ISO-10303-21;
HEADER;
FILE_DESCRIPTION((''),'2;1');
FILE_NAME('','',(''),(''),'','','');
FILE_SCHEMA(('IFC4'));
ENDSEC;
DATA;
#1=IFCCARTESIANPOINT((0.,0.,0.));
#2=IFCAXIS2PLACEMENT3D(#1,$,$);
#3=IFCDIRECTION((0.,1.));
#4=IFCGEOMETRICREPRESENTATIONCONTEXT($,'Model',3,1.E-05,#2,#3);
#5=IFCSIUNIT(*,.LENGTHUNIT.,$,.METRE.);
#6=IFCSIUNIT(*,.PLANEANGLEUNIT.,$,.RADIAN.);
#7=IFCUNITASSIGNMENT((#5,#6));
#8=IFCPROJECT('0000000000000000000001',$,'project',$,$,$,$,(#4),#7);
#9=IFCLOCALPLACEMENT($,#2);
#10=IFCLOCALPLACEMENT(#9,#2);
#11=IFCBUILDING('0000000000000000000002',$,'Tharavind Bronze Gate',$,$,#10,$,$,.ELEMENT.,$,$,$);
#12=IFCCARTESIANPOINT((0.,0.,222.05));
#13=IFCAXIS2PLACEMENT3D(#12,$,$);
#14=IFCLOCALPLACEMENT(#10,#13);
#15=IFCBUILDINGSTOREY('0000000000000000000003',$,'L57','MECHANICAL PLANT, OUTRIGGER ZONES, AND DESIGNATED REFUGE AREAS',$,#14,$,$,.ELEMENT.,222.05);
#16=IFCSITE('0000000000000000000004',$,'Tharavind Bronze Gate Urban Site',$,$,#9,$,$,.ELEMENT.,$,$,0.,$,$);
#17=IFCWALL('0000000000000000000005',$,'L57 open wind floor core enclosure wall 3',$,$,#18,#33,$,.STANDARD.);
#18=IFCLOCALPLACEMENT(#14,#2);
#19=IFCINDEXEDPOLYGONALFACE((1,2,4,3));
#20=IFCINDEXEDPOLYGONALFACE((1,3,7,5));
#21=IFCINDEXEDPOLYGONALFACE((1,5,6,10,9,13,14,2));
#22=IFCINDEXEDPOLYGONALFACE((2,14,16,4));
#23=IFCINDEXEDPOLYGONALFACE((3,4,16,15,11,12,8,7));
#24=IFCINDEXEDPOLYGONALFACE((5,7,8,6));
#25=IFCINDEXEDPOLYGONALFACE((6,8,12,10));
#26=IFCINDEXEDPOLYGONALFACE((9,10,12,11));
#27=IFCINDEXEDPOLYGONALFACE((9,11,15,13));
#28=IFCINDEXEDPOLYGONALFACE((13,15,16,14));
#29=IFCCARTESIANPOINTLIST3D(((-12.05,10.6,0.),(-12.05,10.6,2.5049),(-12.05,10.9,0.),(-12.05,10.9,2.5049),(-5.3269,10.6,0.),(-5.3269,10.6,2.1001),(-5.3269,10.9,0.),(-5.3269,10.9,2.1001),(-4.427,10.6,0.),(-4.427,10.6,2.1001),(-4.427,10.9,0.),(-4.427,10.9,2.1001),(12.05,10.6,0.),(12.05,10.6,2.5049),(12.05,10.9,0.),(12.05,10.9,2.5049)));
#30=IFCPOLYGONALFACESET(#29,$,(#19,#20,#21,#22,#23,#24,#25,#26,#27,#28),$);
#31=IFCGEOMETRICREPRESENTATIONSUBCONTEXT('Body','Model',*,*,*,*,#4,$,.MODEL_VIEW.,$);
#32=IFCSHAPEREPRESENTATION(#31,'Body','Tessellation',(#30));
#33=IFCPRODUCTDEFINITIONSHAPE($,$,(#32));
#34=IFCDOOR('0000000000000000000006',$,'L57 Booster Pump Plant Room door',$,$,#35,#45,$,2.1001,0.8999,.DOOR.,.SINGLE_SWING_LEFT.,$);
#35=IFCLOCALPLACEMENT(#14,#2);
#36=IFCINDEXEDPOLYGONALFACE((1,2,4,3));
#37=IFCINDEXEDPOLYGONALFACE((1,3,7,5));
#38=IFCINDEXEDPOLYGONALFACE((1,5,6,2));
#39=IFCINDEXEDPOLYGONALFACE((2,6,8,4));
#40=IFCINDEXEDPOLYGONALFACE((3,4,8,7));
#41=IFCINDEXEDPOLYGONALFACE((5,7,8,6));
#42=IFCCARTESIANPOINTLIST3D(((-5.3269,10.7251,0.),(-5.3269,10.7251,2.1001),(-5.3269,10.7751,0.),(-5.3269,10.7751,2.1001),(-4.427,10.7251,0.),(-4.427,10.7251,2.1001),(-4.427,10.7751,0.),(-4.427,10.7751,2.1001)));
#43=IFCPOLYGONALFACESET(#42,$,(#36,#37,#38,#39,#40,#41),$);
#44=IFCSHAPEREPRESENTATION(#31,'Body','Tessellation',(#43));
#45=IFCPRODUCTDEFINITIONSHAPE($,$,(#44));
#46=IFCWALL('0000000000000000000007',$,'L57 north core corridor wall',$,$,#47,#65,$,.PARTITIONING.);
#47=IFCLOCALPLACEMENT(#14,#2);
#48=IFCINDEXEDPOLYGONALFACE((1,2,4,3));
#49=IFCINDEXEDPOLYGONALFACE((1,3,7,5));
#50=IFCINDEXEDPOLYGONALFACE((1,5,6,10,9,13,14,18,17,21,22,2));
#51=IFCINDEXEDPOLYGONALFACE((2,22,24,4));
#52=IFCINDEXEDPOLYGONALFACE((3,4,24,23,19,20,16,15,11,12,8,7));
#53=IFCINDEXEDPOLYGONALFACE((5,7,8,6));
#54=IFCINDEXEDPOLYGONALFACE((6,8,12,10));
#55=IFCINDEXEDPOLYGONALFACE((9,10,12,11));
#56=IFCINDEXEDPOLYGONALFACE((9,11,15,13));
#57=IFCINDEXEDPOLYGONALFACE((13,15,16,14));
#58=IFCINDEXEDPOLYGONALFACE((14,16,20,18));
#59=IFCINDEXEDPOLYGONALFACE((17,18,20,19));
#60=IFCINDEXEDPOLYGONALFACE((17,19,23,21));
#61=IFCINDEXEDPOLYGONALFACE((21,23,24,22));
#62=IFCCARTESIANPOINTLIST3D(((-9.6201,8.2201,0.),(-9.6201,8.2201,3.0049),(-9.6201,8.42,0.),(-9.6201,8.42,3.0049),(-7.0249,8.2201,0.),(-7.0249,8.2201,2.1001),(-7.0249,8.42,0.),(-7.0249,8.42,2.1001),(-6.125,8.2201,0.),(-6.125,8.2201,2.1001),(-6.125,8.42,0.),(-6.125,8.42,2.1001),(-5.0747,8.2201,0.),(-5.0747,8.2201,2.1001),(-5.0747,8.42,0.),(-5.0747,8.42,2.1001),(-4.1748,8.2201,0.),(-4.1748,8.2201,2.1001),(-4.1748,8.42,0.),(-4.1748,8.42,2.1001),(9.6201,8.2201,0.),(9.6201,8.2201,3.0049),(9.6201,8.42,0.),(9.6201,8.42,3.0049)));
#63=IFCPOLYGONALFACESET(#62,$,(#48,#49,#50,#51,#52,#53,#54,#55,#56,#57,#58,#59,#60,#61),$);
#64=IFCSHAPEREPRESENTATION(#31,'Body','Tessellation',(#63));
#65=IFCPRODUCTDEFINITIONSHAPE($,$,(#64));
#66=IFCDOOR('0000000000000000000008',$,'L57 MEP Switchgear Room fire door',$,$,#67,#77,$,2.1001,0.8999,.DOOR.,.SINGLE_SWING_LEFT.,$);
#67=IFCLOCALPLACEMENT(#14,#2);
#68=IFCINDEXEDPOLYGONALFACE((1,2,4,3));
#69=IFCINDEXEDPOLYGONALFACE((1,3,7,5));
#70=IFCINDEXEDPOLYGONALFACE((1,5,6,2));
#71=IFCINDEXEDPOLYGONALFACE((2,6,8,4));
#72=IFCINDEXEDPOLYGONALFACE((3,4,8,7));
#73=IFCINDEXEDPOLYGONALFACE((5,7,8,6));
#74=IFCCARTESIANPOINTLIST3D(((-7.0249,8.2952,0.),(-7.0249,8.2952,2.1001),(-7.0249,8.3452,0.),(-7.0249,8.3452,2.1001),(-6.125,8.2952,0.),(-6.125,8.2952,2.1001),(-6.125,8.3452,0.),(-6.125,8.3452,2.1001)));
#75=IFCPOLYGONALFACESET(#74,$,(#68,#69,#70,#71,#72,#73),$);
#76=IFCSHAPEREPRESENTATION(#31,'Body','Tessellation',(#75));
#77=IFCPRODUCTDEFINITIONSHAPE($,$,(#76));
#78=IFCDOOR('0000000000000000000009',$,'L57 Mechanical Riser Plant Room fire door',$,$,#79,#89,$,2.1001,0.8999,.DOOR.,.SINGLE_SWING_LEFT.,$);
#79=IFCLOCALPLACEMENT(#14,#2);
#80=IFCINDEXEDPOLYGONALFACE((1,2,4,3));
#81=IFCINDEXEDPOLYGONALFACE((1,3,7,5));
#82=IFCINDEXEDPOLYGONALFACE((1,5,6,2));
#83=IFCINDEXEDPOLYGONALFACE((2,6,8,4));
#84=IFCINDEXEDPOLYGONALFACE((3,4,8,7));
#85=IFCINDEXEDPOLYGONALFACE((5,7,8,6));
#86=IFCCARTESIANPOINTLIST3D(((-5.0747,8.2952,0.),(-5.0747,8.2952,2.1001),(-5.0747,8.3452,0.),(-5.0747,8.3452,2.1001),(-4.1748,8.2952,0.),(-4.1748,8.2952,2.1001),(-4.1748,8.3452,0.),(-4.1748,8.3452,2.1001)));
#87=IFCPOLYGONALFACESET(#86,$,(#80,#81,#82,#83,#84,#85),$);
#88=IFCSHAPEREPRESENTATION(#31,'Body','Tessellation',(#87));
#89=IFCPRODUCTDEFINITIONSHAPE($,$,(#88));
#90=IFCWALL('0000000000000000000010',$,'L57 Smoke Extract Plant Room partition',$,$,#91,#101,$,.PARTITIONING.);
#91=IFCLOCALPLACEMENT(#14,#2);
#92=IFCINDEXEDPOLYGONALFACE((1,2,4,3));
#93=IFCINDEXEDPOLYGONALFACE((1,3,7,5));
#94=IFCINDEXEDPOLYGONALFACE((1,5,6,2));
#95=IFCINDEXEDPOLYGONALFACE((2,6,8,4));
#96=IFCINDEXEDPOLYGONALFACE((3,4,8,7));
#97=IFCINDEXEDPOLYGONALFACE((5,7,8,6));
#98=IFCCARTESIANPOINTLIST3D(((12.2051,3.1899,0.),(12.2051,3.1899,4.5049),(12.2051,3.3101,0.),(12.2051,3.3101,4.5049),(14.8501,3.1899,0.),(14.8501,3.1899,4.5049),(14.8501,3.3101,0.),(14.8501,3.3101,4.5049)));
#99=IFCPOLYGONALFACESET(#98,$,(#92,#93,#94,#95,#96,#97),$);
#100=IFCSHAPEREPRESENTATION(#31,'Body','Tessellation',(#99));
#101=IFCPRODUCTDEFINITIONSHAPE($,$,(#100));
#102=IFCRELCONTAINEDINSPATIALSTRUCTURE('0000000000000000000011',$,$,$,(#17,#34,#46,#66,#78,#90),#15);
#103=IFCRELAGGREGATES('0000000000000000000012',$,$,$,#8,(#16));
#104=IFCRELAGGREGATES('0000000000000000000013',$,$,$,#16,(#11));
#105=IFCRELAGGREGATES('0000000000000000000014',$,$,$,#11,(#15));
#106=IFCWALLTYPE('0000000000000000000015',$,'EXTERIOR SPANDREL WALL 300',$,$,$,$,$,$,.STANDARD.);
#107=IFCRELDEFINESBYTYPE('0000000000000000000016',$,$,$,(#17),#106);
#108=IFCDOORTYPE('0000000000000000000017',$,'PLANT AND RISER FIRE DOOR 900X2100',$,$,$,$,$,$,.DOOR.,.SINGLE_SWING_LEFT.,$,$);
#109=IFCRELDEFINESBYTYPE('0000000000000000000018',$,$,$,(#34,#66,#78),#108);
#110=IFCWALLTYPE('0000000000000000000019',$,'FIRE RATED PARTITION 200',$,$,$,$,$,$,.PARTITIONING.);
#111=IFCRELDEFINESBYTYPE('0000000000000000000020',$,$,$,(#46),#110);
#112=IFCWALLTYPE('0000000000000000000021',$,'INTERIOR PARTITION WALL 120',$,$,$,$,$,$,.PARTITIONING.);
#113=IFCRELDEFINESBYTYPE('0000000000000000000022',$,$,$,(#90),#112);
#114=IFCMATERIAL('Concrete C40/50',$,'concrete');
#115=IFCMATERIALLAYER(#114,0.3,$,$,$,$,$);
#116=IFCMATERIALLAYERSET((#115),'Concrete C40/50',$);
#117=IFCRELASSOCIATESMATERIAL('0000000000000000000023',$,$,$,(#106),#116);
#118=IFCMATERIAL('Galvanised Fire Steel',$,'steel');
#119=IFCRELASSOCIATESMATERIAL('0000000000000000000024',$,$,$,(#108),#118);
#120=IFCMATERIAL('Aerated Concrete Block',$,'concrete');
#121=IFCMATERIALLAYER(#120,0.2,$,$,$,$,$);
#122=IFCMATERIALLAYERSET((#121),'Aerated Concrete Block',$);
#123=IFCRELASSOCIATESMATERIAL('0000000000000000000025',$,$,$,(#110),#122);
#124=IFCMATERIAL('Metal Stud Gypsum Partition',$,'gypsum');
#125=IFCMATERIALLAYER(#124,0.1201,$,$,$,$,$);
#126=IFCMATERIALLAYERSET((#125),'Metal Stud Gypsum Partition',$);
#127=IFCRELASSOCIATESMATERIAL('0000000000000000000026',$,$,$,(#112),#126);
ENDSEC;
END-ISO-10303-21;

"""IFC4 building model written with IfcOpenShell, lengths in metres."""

from ifc_helpers import new_model, si_unit, direction, frame, frame_2d, origin, place, context, subcontext, project, spatial, rectangle, extrude, material, layer, layer_set, type_object, element, fill, save


model = new_model("IFC4")

# Units and contexts
model_context = context("Model", 3, precision=1e-05, world=origin(), true_north=direction((0.0, 1.0)))
body_context = subcontext(model_context, "Body", "Model", "MODEL_VIEW")
ifc_project = project(units=[si_unit("LENGTHUNIT", "METRE"), si_unit("PLANEANGLEUNIT", "RADIAN")], contexts=[model_context])

# Site, building, storey
site_placement = place(None, origin())
site = spatial("IfcSite", under=ifc_project, at=site_placement, Name="Tharavind Bronze Gate Urban Site", CompositionType="ELEMENT", RefElevation=0.0)
building_placement = place(site_placement, origin())
building = spatial("IfcBuilding", under=site, at=building_placement, Name="Tharavind Bronze Gate", CompositionType="ELEMENT")
storey_placement = place(building_placement, frame((0.0, 0.0, 222.05)))
storey = spatial("IfcBuildingStorey", under=building, at=storey_placement, Name="L57", Description="MECHANICAL PLANT, OUTRIGGER ZONES, AND DESIGNATED REFUGE AREAS", CompositionType="ELEMENT", Elevation=222.05)

# Wall, opening, door
ifc_material_1 = material(Name="Concrete C40/50", Category="concrete")
ifc_layer_1 = layer(ifc_material_1, 0.3)
ifc_layer_set_1 = layer_set([ifc_layer_1], Name="Concrete C40/50")
wall_type_1 = type_object("IfcWallType", Name="EXTERIOR SPANDREL WALL 300", PredefinedType="STANDARD", material=ifc_layer_set_1)
wall_1_placement = place(storey_placement, frame((12.05, 10.75, 0.0), z_axis=(0.0, 0.0, 1.0), x_axis=(-1.0, 0.0, 0.0)))
wall_1 = element("IfcWall", 1, at=wall_1_placement, inside=storey, type_object=wall_type_1, Name="L57 open wind floor core enclosure wall 3", PredefinedType="STANDARD", context=body_context, shape_type="SweptSolid", body=[
    extrude(rectangle(XDim=24.1001, YDim=0.3, at=frame_2d((12.05, 0.0))), origin(), (0.0, 0.0, 1.0), 2.5049),
])
opening_1_placement = place(wall_1_placement, frame((16.4771, 0.0, 0.0)))
opening_1 = element("IfcOpeningElement", 2, at=opening_1_placement, cuts=wall_1, PredefinedType="OPENING", context=body_context, shape_type="SweptSolid", body=[
    extrude(rectangle(XDim=0.8999, YDim=2.1001, at=frame_2d((0.45, 1.05))), frame((0.0, 0.1599, 0.0), z_axis=(0.0, -1.0, 0.0), x_axis=(1.0, 0.0, 0.0)), (0.0, 0.0, 1.0), 0.32),
])
ifc_material_2 = material(Name="Galvanised Fire Steel", Category="steel")
door_type = type_object("IfcDoorType", Name="PLANT AND RISER FIRE DOOR 900X2100", OperationType="SINGLE_SWING_LEFT", PredefinedType="DOOR", material=ifc_material_2)
door_1_placement = place(opening_1_placement, origin())
door_1 = element("IfcDoor", 3, at=door_1_placement, inside=storey, type_object=door_type, Name="L57 Booster Pump Plant Room door", OperationType="SINGLE_SWING_LEFT", OverallHeight=2.1001, OverallWidth=0.8999, PredefinedType="DOOR", context=body_context, shape_type="SweptSolid", body=[
    extrude(rectangle(XDim=0.8999, YDim=2.1001, at=frame_2d((0.45, 1.05))), frame((0.0, 0.0249, 0.0), z_axis=(0.0, -1.0, 0.0), x_axis=(1.0, 0.0, 0.0)), (0.0, 0.0, 1.0), 0.05),
])
fill(opening_1, door_1)

# Wall, openings, doors
ifc_material_3 = material(Name="Aerated Concrete Block", Category="concrete")
ifc_layer_2 = layer(ifc_material_3, 0.2)
ifc_layer_set_2 = layer_set([ifc_layer_2], Name="Aerated Concrete Block")
wall_type_2 = type_object("IfcWallType", Name="FIRE RATED PARTITION 200", PredefinedType="PARTITIONING", material=ifc_layer_set_2)
wall_2_placement = place(storey_placement, frame((9.6201, 8.3201, 0.0), z_axis=(0.0, 0.0, 1.0), x_axis=(-1.0, 0.0, 0.0)))
wall_2 = element("IfcWall", 4, at=wall_2_placement, inside=storey, type_object=wall_type_2, Name="L57 north core corridor wall", PredefinedType="PARTITIONING", context=body_context, shape_type="SweptSolid", body=[
    extrude(rectangle(XDim=19.2402, YDim=0.2, at=frame_2d((9.6201, 0.0))), origin(), (0.0, 0.0, 1.0), 3.0049),
])
opening_2_placement = place(wall_2_placement, frame((15.7451, 0.0, 0.0)))
opening_2 = element("IfcOpeningElement", 5, at=opening_2_placement, cuts=wall_2, PredefinedType="OPENING", context=body_context, shape_type="SweptSolid", body=[
    extrude(rectangle(XDim=0.8999, YDim=2.1001, at=frame_2d((0.45, 1.05))), frame((0.0, 0.1101, 0.0), z_axis=(0.0, -1.0, 0.0), x_axis=(1.0, 0.0, 0.0)), (0.0, 0.0, 1.0), 0.22),
])
opening_3_placement = place(wall_2_placement, frame((13.7949, 0.0, 0.0)))
opening_3 = element("IfcOpeningElement", 6, at=opening_3_placement, cuts=wall_2, PredefinedType="OPENING", context=body_context, shape_type="SweptSolid", body=[
    extrude(rectangle(XDim=0.8999, YDim=2.1001, at=frame_2d((0.45, 1.05))), frame((0.0, 0.1101, 0.0), z_axis=(0.0, -1.0, 0.0), x_axis=(1.0, 0.0, 0.0)), (0.0, 0.0, 1.0), 0.22),
])
door_2_placement = place(opening_2_placement, origin())
door_2 = element("IfcDoor", 7, at=door_2_placement, inside=storey, type_object=door_type, Name="L57 MEP Switchgear Room fire door", OperationType="SINGLE_SWING_LEFT", OverallHeight=2.1001, OverallWidth=0.8999, PredefinedType="DOOR", context=body_context, shape_type="SweptSolid", body=[
    extrude(rectangle(XDim=0.8999, YDim=2.1001, at=frame_2d((0.45, 1.05))), frame((0.0, 0.0249, 0.0), z_axis=(0.0, -1.0, 0.0), x_axis=(1.0, 0.0, 0.0)), (0.0, 0.0, 1.0), 0.05),
])
fill(opening_2, door_2)
door_3_placement = place(opening_3_placement, origin())
door_3 = element("IfcDoor", 8, at=door_3_placement, inside=storey, type_object=door_type, Name="L57 Mechanical Riser Plant Room fire door", OperationType="SINGLE_SWING_LEFT", OverallHeight=2.1001, OverallWidth=0.8999, PredefinedType="DOOR", context=body_context, shape_type="SweptSolid", body=[
    extrude(rectangle(XDim=0.8999, YDim=2.1001, at=frame_2d((0.45, 1.05))), frame((0.0, 0.0249, 0.0), z_axis=(0.0, -1.0, 0.0), x_axis=(1.0, 0.0, 0.0)), (0.0, 0.0, 1.0), 0.05),
])
fill(opening_3, door_3)

# Wall
ifc_material_4 = material(Name="Metal Stud Gypsum Partition", Category="gypsum")
ifc_layer_3 = layer(ifc_material_4, 0.1201)
ifc_layer_set_3 = layer_set([ifc_layer_3], Name="Metal Stud Gypsum Partition")
wall_type_3 = type_object("IfcWallType", Name="INTERIOR PARTITION WALL 120", PredefinedType="PARTITIONING", material=ifc_layer_set_3)
wall_3_placement = place(storey_placement, frame((12.2051, 3.25, 0.0), z_axis=(0.0, 0.0, 1.0), x_axis=(1.0, 0.0, 0.0)))
element("IfcWall", 9, at=wall_3_placement, inside=storey, type_object=wall_type_3, Name="L57 Smoke Extract Plant Room partition", PredefinedType="PARTITIONING", context=body_context, shape_type="SweptSolid", body=[
    extrude(rectangle(XDim=2.645, YDim=0.1201, at=frame_2d((1.3225, 0.0))), origin(), (0.0, 0.0, 1.0), 4.5049),
])

save(model, "model.ifc")
